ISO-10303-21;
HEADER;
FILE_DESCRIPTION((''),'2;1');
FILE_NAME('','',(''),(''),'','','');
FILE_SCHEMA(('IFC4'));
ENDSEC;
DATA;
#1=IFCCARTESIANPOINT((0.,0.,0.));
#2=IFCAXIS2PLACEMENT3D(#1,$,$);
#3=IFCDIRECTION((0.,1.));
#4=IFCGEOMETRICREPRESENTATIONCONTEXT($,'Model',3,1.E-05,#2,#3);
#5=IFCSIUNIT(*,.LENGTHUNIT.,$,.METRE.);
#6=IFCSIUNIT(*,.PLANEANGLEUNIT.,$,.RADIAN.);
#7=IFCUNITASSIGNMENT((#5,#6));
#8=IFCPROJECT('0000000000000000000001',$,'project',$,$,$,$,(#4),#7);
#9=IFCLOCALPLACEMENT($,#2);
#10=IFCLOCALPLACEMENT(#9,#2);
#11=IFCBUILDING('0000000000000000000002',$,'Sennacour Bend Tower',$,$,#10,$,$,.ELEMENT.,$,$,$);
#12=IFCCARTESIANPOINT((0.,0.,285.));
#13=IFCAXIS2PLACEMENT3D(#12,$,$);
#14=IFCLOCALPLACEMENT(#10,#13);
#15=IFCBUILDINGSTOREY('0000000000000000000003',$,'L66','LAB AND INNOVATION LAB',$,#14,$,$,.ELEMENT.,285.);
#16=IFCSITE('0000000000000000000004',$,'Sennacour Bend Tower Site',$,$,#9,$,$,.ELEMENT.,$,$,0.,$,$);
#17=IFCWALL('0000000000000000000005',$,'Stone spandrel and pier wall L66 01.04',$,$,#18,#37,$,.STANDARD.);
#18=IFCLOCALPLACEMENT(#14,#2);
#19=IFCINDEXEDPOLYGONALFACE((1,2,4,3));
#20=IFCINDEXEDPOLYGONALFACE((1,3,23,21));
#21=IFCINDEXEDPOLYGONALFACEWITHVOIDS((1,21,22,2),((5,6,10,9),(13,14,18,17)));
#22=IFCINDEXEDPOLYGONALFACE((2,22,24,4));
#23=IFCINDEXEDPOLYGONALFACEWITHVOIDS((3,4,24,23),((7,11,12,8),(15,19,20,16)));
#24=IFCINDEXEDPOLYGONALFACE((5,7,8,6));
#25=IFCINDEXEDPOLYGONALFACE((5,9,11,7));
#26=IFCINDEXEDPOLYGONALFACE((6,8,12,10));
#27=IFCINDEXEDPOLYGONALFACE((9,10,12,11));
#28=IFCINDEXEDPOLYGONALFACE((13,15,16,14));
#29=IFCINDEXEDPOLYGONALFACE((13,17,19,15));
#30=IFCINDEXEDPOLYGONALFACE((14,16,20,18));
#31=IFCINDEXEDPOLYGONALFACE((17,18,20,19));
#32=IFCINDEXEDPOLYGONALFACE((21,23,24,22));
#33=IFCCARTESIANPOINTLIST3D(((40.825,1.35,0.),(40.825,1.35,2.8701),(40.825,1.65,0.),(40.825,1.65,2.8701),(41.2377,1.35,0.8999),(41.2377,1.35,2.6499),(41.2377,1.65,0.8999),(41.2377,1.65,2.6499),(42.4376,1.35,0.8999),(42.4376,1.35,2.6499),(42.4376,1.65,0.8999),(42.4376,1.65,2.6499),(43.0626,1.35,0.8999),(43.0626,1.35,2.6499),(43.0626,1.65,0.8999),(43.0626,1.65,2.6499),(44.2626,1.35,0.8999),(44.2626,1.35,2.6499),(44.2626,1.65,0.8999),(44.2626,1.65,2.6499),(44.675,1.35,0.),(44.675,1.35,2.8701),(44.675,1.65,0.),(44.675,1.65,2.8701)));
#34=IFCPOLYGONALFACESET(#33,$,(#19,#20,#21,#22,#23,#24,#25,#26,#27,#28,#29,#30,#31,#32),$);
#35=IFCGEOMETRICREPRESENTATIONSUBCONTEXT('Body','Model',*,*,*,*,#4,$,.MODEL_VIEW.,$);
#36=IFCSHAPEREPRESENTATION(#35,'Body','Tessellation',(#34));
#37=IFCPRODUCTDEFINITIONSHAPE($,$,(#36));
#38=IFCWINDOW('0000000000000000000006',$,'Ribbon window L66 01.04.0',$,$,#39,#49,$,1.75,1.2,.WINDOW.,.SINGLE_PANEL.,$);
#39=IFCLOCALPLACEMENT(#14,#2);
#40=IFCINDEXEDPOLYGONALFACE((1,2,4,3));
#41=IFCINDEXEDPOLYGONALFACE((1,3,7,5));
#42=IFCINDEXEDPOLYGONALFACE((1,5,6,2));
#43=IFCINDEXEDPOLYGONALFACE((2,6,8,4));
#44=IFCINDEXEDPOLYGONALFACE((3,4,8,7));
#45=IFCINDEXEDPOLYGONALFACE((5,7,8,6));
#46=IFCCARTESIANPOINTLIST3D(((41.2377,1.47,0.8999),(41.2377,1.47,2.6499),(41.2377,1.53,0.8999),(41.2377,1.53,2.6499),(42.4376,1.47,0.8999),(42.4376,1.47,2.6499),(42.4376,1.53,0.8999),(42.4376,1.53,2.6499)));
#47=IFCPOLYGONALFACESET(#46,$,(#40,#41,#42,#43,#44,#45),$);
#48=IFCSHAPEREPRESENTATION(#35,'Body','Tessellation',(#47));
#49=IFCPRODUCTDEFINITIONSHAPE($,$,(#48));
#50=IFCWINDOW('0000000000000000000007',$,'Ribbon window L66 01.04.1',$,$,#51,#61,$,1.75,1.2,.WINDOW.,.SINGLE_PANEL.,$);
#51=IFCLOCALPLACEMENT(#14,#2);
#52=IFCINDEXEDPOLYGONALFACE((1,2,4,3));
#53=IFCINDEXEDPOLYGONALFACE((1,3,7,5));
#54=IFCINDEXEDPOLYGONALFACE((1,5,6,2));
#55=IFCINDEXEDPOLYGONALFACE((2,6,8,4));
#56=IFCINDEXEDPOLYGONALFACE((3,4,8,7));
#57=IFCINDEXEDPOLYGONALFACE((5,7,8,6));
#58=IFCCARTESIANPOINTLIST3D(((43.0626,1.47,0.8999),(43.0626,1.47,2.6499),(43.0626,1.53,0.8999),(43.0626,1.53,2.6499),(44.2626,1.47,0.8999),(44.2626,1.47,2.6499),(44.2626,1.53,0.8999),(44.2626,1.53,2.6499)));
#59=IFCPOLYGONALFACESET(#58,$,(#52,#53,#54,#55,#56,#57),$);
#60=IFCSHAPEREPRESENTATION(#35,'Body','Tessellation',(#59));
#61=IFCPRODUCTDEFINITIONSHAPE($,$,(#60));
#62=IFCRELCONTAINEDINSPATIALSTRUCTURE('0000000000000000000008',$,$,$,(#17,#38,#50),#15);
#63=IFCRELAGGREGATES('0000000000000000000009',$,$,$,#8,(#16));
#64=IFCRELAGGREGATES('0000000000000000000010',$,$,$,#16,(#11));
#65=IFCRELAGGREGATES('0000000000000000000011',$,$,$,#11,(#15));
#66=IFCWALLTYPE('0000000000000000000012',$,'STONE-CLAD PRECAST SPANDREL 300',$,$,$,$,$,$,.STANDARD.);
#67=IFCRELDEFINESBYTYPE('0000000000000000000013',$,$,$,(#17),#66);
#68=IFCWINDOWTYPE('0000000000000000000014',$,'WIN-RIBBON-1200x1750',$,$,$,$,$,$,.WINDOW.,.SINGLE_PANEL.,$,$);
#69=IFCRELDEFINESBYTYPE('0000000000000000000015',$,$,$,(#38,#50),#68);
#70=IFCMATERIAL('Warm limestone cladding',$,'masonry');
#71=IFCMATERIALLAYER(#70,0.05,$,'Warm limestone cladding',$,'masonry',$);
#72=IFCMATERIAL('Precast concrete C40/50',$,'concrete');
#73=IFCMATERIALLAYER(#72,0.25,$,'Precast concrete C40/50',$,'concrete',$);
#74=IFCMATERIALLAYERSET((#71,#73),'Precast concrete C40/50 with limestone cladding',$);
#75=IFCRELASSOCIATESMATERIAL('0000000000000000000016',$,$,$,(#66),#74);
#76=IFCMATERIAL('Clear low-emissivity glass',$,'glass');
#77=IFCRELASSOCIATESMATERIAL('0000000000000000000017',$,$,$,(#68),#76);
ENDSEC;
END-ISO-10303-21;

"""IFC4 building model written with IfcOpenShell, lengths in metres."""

from ifc_helpers import new_model, si_unit, direction, frame, frame_2d, origin, place, context, subcontext, project, spatial, rectangle, extrude, material, layer, layer_set, type_object, element, fill, save


model = new_model("IFC4")

# Units and contexts
model_context = context("Model", 3, precision=1e-05, world=origin(), true_north=direction((0.0, 1.0)))
body_context = subcontext(model_context, "Body", "Model", "MODEL_VIEW")
ifc_project = project(units=[si_unit("LENGTHUNIT", "METRE"), si_unit("PLANEANGLEUNIT", "RADIAN")], contexts=[model_context])

# Site, building, storey
site_placement = place(None, origin())
site = spatial("IfcSite", under=ifc_project, at=site_placement, Name="Sennacour Bend Tower Site", CompositionType="ELEMENT", RefElevation=0.0)
building_placement = place(site_placement, origin())
building = spatial("IfcBuilding", under=site, at=building_placement, Name="Sennacour Bend Tower", CompositionType="ELEMENT")
storey_placement = place(building_placement, frame((0.0, 0.0, 285.0)))
storey = spatial("IfcBuildingStorey", under=building, at=storey_placement, Name="L66", Description="LAB AND INNOVATION LAB", CompositionType="ELEMENT", Elevation=285.0)

# Wall, openings, windows
ifc_material_1 = material(Name="Warm limestone cladding", Category="masonry")
ifc_layer_1 = layer(ifc_material_1, 0.05, Name="Warm limestone cladding", Category="masonry")
ifc_material_2 = material(Name="Precast concrete C40/50", Category="concrete")
ifc_layer_2 = layer(ifc_material_2, 0.25, Name="Precast concrete C40/50", Category="concrete")
ifc_layer_set_1 = layer_set([ifc_layer_1, ifc_layer_2], Name="Precast concrete C40/50 with limestone cladding")
wall_type_1 = type_object("IfcWallType", Name="STONE-CLAD PRECAST SPANDREL 300", PredefinedType="STANDARD", material=ifc_layer_set_1)
ifc_material_3 = material(Name="Clear low-emissivity glass", Category="glass")
window_type = type_object("IfcWindowType", Name="WIN-RIBBON-1200x1750", PartitioningType="SINGLE_PANEL", PredefinedType="WINDOW", material=ifc_material_3)
wall_1_placement = place(storey_placement, frame((40.825, 1.5, 0.0), z_axis=(0.0, 0.0, 1.0), x_axis=(1.0, 0.0, 0.0)))
wall_1 = element("IfcWall", 1, at=wall_1_placement, inside=storey, type_object=wall_type_1, Name="Stone spandrel and pier wall L66 01.04", PredefinedType="STANDARD", context=body_context, shape_type="SweptSolid", body=[
    extrude(rectangle(XDim=3.8501, YDim=0.3, at=frame_2d((1.925, 0.0))), origin(), (0.0, 0.0, 1.0), 2.8701),
])
opening_1_placement = place(wall_1_placement, frame((0.4126, 0.0, 0.8999)))
opening_1 = element("IfcOpeningElement", 2, at=opening_1_placement, cuts=wall_1, PredefinedType="OPENING", context=body_context, shape_type="SweptSolid", body=[
    extrude(rectangle(XDim=1.2, YDim=1.75, at=frame_2d((0.6001, 0.875))), frame((0.0, 0.1602, 0.0), z_axis=(0.0, -1.0, 0.0), x_axis=(1.0, 0.0, 0.0)), (0.0, 0.0, 1.0), 0.3201),
])
opening_2_placement = place(wall_1_placement, frame((2.2375, 0.0, 0.8999)))
opening_2 = element("IfcOpeningElement", 3, at=opening_2_placement, cuts=wall_1, PredefinedType="OPENING", context=body_context, shape_type="SweptSolid", body=[
    extrude(rectangle(XDim=1.2, YDim=1.75, at=frame_2d((0.6001, 0.875))), frame((0.0, 0.1602, 0.0), z_axis=(0.0, -1.0, 0.0), x_axis=(1.0, 0.0, 0.0)), (0.0, 0.0, 1.0), 0.3201),
])
window_1_placement = place(opening_1_placement, origin())
window_1 = element("IfcWindow", 4, at=window_1_placement, inside=storey, type_object=window_type, Name="Ribbon window L66 01.04.0", OverallHeight=1.75, OverallWidth=1.2, PartitioningType="SINGLE_PANEL", PredefinedType="WINDOW", context=body_context, shape_type="SweptSolid", body=[
    extrude(rectangle(XDim=1.2, YDim=1.75, at=frame_2d((0.6001, 0.875))), frame((0.0, 0.03, 0.0), z_axis=(0.0, -1.0, 0.0), x_axis=(1.0, 0.0, 0.0)), (0.0, 0.0, 1.0), 0.0601),
])
fill(opening_1, window_1)
window_2_placement = place(opening_2_placement, origin())
window_2 = element("IfcWindow", 5, at=window_2_placement, inside=storey, type_object=window_type, Name="Ribbon window L66 01.04.1", OverallHeight=1.75, OverallWidth=1.2, PartitioningType="SINGLE_PANEL", PredefinedType="WINDOW", context=body_context, shape_type="SweptSolid", body=[
    extrude(rectangle(XDim=1.2, YDim=1.75, at=frame_2d((0.6001, 0.875))), frame((0.0, 0.03, 0.0), z_axis=(0.0, -1.0, 0.0), x_axis=(1.0, 0.0, 0.0)), (0.0, 0.0, 1.0), 0.0601),
])
fill(opening_2, window_2)

save(model, "model.ifc")
